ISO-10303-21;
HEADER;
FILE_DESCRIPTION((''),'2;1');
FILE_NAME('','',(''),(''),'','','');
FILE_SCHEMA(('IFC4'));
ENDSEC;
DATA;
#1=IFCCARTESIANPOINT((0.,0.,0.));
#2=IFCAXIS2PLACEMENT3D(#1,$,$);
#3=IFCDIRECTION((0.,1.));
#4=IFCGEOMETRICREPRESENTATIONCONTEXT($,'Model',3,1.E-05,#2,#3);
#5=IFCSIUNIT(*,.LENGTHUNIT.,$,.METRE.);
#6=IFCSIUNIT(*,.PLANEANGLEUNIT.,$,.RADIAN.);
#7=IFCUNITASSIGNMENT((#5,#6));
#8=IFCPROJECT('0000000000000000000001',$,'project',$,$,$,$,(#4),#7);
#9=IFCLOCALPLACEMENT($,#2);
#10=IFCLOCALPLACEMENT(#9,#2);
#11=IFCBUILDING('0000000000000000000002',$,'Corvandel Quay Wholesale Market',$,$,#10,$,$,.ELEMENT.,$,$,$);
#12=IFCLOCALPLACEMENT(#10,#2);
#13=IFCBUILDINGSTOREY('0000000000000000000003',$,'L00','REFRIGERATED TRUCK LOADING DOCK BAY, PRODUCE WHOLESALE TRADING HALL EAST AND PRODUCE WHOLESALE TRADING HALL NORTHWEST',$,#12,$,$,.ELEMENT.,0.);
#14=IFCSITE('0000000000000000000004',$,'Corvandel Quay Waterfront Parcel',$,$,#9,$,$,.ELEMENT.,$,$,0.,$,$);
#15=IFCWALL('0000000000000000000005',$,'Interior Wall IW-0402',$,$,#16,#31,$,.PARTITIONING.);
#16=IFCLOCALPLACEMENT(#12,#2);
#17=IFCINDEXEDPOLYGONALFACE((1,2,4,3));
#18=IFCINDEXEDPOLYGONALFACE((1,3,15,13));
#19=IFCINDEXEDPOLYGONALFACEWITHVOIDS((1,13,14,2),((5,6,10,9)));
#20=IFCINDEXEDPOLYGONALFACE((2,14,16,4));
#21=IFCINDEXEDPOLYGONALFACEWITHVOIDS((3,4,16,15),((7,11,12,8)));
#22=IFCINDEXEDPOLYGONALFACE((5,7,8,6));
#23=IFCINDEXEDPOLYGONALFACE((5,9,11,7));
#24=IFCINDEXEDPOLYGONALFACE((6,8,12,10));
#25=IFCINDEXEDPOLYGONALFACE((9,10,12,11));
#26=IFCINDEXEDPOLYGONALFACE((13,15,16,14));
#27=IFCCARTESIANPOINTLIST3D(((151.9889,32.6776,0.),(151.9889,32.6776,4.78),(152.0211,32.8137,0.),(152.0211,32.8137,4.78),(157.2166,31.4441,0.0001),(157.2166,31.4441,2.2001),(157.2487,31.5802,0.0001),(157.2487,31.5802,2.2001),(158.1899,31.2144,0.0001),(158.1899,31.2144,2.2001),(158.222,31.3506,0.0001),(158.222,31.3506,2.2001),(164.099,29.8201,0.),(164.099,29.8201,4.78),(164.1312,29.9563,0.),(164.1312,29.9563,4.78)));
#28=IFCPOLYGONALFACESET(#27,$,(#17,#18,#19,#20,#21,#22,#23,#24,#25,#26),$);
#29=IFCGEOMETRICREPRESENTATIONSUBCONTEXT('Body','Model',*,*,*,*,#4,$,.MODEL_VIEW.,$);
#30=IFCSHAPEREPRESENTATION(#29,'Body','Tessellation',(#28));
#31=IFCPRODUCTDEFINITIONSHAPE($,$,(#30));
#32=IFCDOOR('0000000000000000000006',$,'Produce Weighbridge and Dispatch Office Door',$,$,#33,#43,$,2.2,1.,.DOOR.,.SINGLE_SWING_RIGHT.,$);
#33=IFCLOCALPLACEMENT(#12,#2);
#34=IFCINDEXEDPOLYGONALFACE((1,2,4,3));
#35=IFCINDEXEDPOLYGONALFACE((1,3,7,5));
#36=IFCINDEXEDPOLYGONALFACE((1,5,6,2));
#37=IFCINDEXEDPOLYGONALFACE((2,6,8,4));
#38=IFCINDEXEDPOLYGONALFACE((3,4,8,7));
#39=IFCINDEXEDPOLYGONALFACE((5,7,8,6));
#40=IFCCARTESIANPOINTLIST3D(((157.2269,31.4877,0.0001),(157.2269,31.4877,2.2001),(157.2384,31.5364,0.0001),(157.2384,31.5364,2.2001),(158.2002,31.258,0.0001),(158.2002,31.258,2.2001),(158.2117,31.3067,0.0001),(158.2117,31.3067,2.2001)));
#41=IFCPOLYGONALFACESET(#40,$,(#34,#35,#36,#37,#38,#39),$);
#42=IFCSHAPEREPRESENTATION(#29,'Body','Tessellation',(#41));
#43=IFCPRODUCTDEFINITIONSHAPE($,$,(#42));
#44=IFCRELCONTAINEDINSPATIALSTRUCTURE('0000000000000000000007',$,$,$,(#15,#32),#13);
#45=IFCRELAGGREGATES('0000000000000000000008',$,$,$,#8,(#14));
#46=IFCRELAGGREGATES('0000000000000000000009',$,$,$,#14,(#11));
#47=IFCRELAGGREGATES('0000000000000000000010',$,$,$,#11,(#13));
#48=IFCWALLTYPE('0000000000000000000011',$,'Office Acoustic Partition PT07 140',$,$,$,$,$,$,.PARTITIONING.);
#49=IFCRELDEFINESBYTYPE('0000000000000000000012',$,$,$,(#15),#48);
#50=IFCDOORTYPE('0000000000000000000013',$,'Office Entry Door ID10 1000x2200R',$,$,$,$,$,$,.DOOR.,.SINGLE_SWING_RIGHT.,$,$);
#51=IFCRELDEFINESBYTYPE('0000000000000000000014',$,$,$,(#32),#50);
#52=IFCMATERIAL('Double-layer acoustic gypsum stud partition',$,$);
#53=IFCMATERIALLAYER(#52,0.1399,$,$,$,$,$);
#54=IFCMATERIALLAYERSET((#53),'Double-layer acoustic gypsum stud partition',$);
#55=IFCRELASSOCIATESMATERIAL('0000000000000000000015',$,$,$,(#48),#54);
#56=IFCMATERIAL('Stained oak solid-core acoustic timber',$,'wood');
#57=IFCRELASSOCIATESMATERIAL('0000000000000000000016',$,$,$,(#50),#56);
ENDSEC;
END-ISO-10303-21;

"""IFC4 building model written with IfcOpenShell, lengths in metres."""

from ifc_helpers import new_model, si_unit, direction, frame, frame_2d, origin, place, context, subcontext, project, spatial, rectangle, extrude, material, layer, layer_set, type_object, element, fill, save


model = new_model("IFC4")

# Units and contexts
model_context = context("Model", 3, precision=1e-05, world=origin(), true_north=direction((0.0, 1.0)))
body_context = subcontext(model_context, "Body", "Model", "MODEL_VIEW")
ifc_project = project(units=[si_unit("LENGTHUNIT", "METRE"), si_unit("PLANEANGLEUNIT", "RADIAN")], contexts=[model_context])

# Site, building, storey
site_placement = place(None, origin())
site = spatial("IfcSite", under=ifc_project, at=site_placement, Name="Corvandel Quay Waterfront Parcel", CompositionType="ELEMENT", RefElevation=0.0)
building_placement = place(site_placement, origin())
building = spatial("IfcBuilding", under=site, at=building_placement, Name="Corvandel Quay Wholesale Market", CompositionType="ELEMENT")
storey_placement = place(building_placement, origin())
storey = spatial("IfcBuildingStorey", under=building, at=storey_placement, Name="L00", Description="REFRIGERATED TRUCK LOADING DOCK BAY, PRODUCE WHOLESALE TRADING HALL EAST AND PRODUCE WHOLESALE TRADING HALL NORTHWEST", CompositionType="ELEMENT", Elevation=0.0)

# Wall, opening, door
ifc_material_1 = material(Name="Double-layer acoustic gypsum stud partition")
ifc_layer_1 = layer(ifc_material_1, 0.1399)
ifc_layer_set_1 = layer_set([ifc_layer_1], Name="Double-layer acoustic gypsum stud partition")
wall_type_1 = type_object("IfcWallType", Name="Office Acoustic Partition PT07 140", PredefinedType="PARTITIONING", material=ifc_layer_set_1)
wall_1_placement = place(storey_placement, frame((152.0051, 32.7456, 0.0), z_axis=(0.0, 0.0, 1.0), x_axis=(0.973274, -0.229647, 0.0)))
wall_1 = element("IfcWall", 1, at=wall_1_placement, inside=storey, type_object=wall_type_1, Name="Interior Wall IW-0402", PredefinedType="PARTITIONING", context=body_context, shape_type="SweptSolid", body=[
    extrude(rectangle(XDim=12.4426, YDim=0.1399, at=frame_2d((6.2212, 0.0))), origin(), (0.0, 0.0, 1.0), 4.78),
])
opening_1_placement = place(wall_1_placement, frame((5.3711, 0.0, 0.0)))
opening_1 = element("IfcOpeningElement", 2, at=opening_1_placement, cuts=wall_1, PredefinedType="OPENING", context=body_context, shape_type="SweptSolid", body=[
    extrude(rectangle(XDim=1.0, YDim=2.2, at=frame_2d((0.5, 1.1001))), frame((0.0, 0.0798, 0.0), z_axis=(0.0, -1.0, 0.0), x_axis=(1.0, 0.0, 0.0)), (0.0, 0.0, 1.0), 0.1599),
])
ifc_material_2 = material(Name="Stained oak solid-core acoustic timber", Category="wood")
door_type_1 = type_object("IfcDoorType", Name="Office Entry Door ID10 1000x2200R", OperationType="SINGLE_SWING_RIGHT", PredefinedType="DOOR", material=ifc_material_2)
door_1_placement = place(opening_1_placement, origin())
door_1 = element("IfcDoor", 3, at=door_1_placement, inside=storey, type_object=door_type_1, Name="Produce Weighbridge and Dispatch Office Door", OperationType="SINGLE_SWING_RIGHT", OverallHeight=2.2, OverallWidth=1.0, PredefinedType="DOOR", context=body_context, shape_type="SweptSolid", body=[
    extrude(rectangle(XDim=1.0, YDim=2.2, at=frame_2d((0.5, 1.1001))), frame((0.0, 0.0249, 0.0), z_axis=(0.0, -1.0, 0.0), x_axis=(1.0, 0.0, 0.0)), (0.0, 0.0, 1.0), 0.05),
])
fill(opening_1, door_1)

save(model, "model.ifc")
